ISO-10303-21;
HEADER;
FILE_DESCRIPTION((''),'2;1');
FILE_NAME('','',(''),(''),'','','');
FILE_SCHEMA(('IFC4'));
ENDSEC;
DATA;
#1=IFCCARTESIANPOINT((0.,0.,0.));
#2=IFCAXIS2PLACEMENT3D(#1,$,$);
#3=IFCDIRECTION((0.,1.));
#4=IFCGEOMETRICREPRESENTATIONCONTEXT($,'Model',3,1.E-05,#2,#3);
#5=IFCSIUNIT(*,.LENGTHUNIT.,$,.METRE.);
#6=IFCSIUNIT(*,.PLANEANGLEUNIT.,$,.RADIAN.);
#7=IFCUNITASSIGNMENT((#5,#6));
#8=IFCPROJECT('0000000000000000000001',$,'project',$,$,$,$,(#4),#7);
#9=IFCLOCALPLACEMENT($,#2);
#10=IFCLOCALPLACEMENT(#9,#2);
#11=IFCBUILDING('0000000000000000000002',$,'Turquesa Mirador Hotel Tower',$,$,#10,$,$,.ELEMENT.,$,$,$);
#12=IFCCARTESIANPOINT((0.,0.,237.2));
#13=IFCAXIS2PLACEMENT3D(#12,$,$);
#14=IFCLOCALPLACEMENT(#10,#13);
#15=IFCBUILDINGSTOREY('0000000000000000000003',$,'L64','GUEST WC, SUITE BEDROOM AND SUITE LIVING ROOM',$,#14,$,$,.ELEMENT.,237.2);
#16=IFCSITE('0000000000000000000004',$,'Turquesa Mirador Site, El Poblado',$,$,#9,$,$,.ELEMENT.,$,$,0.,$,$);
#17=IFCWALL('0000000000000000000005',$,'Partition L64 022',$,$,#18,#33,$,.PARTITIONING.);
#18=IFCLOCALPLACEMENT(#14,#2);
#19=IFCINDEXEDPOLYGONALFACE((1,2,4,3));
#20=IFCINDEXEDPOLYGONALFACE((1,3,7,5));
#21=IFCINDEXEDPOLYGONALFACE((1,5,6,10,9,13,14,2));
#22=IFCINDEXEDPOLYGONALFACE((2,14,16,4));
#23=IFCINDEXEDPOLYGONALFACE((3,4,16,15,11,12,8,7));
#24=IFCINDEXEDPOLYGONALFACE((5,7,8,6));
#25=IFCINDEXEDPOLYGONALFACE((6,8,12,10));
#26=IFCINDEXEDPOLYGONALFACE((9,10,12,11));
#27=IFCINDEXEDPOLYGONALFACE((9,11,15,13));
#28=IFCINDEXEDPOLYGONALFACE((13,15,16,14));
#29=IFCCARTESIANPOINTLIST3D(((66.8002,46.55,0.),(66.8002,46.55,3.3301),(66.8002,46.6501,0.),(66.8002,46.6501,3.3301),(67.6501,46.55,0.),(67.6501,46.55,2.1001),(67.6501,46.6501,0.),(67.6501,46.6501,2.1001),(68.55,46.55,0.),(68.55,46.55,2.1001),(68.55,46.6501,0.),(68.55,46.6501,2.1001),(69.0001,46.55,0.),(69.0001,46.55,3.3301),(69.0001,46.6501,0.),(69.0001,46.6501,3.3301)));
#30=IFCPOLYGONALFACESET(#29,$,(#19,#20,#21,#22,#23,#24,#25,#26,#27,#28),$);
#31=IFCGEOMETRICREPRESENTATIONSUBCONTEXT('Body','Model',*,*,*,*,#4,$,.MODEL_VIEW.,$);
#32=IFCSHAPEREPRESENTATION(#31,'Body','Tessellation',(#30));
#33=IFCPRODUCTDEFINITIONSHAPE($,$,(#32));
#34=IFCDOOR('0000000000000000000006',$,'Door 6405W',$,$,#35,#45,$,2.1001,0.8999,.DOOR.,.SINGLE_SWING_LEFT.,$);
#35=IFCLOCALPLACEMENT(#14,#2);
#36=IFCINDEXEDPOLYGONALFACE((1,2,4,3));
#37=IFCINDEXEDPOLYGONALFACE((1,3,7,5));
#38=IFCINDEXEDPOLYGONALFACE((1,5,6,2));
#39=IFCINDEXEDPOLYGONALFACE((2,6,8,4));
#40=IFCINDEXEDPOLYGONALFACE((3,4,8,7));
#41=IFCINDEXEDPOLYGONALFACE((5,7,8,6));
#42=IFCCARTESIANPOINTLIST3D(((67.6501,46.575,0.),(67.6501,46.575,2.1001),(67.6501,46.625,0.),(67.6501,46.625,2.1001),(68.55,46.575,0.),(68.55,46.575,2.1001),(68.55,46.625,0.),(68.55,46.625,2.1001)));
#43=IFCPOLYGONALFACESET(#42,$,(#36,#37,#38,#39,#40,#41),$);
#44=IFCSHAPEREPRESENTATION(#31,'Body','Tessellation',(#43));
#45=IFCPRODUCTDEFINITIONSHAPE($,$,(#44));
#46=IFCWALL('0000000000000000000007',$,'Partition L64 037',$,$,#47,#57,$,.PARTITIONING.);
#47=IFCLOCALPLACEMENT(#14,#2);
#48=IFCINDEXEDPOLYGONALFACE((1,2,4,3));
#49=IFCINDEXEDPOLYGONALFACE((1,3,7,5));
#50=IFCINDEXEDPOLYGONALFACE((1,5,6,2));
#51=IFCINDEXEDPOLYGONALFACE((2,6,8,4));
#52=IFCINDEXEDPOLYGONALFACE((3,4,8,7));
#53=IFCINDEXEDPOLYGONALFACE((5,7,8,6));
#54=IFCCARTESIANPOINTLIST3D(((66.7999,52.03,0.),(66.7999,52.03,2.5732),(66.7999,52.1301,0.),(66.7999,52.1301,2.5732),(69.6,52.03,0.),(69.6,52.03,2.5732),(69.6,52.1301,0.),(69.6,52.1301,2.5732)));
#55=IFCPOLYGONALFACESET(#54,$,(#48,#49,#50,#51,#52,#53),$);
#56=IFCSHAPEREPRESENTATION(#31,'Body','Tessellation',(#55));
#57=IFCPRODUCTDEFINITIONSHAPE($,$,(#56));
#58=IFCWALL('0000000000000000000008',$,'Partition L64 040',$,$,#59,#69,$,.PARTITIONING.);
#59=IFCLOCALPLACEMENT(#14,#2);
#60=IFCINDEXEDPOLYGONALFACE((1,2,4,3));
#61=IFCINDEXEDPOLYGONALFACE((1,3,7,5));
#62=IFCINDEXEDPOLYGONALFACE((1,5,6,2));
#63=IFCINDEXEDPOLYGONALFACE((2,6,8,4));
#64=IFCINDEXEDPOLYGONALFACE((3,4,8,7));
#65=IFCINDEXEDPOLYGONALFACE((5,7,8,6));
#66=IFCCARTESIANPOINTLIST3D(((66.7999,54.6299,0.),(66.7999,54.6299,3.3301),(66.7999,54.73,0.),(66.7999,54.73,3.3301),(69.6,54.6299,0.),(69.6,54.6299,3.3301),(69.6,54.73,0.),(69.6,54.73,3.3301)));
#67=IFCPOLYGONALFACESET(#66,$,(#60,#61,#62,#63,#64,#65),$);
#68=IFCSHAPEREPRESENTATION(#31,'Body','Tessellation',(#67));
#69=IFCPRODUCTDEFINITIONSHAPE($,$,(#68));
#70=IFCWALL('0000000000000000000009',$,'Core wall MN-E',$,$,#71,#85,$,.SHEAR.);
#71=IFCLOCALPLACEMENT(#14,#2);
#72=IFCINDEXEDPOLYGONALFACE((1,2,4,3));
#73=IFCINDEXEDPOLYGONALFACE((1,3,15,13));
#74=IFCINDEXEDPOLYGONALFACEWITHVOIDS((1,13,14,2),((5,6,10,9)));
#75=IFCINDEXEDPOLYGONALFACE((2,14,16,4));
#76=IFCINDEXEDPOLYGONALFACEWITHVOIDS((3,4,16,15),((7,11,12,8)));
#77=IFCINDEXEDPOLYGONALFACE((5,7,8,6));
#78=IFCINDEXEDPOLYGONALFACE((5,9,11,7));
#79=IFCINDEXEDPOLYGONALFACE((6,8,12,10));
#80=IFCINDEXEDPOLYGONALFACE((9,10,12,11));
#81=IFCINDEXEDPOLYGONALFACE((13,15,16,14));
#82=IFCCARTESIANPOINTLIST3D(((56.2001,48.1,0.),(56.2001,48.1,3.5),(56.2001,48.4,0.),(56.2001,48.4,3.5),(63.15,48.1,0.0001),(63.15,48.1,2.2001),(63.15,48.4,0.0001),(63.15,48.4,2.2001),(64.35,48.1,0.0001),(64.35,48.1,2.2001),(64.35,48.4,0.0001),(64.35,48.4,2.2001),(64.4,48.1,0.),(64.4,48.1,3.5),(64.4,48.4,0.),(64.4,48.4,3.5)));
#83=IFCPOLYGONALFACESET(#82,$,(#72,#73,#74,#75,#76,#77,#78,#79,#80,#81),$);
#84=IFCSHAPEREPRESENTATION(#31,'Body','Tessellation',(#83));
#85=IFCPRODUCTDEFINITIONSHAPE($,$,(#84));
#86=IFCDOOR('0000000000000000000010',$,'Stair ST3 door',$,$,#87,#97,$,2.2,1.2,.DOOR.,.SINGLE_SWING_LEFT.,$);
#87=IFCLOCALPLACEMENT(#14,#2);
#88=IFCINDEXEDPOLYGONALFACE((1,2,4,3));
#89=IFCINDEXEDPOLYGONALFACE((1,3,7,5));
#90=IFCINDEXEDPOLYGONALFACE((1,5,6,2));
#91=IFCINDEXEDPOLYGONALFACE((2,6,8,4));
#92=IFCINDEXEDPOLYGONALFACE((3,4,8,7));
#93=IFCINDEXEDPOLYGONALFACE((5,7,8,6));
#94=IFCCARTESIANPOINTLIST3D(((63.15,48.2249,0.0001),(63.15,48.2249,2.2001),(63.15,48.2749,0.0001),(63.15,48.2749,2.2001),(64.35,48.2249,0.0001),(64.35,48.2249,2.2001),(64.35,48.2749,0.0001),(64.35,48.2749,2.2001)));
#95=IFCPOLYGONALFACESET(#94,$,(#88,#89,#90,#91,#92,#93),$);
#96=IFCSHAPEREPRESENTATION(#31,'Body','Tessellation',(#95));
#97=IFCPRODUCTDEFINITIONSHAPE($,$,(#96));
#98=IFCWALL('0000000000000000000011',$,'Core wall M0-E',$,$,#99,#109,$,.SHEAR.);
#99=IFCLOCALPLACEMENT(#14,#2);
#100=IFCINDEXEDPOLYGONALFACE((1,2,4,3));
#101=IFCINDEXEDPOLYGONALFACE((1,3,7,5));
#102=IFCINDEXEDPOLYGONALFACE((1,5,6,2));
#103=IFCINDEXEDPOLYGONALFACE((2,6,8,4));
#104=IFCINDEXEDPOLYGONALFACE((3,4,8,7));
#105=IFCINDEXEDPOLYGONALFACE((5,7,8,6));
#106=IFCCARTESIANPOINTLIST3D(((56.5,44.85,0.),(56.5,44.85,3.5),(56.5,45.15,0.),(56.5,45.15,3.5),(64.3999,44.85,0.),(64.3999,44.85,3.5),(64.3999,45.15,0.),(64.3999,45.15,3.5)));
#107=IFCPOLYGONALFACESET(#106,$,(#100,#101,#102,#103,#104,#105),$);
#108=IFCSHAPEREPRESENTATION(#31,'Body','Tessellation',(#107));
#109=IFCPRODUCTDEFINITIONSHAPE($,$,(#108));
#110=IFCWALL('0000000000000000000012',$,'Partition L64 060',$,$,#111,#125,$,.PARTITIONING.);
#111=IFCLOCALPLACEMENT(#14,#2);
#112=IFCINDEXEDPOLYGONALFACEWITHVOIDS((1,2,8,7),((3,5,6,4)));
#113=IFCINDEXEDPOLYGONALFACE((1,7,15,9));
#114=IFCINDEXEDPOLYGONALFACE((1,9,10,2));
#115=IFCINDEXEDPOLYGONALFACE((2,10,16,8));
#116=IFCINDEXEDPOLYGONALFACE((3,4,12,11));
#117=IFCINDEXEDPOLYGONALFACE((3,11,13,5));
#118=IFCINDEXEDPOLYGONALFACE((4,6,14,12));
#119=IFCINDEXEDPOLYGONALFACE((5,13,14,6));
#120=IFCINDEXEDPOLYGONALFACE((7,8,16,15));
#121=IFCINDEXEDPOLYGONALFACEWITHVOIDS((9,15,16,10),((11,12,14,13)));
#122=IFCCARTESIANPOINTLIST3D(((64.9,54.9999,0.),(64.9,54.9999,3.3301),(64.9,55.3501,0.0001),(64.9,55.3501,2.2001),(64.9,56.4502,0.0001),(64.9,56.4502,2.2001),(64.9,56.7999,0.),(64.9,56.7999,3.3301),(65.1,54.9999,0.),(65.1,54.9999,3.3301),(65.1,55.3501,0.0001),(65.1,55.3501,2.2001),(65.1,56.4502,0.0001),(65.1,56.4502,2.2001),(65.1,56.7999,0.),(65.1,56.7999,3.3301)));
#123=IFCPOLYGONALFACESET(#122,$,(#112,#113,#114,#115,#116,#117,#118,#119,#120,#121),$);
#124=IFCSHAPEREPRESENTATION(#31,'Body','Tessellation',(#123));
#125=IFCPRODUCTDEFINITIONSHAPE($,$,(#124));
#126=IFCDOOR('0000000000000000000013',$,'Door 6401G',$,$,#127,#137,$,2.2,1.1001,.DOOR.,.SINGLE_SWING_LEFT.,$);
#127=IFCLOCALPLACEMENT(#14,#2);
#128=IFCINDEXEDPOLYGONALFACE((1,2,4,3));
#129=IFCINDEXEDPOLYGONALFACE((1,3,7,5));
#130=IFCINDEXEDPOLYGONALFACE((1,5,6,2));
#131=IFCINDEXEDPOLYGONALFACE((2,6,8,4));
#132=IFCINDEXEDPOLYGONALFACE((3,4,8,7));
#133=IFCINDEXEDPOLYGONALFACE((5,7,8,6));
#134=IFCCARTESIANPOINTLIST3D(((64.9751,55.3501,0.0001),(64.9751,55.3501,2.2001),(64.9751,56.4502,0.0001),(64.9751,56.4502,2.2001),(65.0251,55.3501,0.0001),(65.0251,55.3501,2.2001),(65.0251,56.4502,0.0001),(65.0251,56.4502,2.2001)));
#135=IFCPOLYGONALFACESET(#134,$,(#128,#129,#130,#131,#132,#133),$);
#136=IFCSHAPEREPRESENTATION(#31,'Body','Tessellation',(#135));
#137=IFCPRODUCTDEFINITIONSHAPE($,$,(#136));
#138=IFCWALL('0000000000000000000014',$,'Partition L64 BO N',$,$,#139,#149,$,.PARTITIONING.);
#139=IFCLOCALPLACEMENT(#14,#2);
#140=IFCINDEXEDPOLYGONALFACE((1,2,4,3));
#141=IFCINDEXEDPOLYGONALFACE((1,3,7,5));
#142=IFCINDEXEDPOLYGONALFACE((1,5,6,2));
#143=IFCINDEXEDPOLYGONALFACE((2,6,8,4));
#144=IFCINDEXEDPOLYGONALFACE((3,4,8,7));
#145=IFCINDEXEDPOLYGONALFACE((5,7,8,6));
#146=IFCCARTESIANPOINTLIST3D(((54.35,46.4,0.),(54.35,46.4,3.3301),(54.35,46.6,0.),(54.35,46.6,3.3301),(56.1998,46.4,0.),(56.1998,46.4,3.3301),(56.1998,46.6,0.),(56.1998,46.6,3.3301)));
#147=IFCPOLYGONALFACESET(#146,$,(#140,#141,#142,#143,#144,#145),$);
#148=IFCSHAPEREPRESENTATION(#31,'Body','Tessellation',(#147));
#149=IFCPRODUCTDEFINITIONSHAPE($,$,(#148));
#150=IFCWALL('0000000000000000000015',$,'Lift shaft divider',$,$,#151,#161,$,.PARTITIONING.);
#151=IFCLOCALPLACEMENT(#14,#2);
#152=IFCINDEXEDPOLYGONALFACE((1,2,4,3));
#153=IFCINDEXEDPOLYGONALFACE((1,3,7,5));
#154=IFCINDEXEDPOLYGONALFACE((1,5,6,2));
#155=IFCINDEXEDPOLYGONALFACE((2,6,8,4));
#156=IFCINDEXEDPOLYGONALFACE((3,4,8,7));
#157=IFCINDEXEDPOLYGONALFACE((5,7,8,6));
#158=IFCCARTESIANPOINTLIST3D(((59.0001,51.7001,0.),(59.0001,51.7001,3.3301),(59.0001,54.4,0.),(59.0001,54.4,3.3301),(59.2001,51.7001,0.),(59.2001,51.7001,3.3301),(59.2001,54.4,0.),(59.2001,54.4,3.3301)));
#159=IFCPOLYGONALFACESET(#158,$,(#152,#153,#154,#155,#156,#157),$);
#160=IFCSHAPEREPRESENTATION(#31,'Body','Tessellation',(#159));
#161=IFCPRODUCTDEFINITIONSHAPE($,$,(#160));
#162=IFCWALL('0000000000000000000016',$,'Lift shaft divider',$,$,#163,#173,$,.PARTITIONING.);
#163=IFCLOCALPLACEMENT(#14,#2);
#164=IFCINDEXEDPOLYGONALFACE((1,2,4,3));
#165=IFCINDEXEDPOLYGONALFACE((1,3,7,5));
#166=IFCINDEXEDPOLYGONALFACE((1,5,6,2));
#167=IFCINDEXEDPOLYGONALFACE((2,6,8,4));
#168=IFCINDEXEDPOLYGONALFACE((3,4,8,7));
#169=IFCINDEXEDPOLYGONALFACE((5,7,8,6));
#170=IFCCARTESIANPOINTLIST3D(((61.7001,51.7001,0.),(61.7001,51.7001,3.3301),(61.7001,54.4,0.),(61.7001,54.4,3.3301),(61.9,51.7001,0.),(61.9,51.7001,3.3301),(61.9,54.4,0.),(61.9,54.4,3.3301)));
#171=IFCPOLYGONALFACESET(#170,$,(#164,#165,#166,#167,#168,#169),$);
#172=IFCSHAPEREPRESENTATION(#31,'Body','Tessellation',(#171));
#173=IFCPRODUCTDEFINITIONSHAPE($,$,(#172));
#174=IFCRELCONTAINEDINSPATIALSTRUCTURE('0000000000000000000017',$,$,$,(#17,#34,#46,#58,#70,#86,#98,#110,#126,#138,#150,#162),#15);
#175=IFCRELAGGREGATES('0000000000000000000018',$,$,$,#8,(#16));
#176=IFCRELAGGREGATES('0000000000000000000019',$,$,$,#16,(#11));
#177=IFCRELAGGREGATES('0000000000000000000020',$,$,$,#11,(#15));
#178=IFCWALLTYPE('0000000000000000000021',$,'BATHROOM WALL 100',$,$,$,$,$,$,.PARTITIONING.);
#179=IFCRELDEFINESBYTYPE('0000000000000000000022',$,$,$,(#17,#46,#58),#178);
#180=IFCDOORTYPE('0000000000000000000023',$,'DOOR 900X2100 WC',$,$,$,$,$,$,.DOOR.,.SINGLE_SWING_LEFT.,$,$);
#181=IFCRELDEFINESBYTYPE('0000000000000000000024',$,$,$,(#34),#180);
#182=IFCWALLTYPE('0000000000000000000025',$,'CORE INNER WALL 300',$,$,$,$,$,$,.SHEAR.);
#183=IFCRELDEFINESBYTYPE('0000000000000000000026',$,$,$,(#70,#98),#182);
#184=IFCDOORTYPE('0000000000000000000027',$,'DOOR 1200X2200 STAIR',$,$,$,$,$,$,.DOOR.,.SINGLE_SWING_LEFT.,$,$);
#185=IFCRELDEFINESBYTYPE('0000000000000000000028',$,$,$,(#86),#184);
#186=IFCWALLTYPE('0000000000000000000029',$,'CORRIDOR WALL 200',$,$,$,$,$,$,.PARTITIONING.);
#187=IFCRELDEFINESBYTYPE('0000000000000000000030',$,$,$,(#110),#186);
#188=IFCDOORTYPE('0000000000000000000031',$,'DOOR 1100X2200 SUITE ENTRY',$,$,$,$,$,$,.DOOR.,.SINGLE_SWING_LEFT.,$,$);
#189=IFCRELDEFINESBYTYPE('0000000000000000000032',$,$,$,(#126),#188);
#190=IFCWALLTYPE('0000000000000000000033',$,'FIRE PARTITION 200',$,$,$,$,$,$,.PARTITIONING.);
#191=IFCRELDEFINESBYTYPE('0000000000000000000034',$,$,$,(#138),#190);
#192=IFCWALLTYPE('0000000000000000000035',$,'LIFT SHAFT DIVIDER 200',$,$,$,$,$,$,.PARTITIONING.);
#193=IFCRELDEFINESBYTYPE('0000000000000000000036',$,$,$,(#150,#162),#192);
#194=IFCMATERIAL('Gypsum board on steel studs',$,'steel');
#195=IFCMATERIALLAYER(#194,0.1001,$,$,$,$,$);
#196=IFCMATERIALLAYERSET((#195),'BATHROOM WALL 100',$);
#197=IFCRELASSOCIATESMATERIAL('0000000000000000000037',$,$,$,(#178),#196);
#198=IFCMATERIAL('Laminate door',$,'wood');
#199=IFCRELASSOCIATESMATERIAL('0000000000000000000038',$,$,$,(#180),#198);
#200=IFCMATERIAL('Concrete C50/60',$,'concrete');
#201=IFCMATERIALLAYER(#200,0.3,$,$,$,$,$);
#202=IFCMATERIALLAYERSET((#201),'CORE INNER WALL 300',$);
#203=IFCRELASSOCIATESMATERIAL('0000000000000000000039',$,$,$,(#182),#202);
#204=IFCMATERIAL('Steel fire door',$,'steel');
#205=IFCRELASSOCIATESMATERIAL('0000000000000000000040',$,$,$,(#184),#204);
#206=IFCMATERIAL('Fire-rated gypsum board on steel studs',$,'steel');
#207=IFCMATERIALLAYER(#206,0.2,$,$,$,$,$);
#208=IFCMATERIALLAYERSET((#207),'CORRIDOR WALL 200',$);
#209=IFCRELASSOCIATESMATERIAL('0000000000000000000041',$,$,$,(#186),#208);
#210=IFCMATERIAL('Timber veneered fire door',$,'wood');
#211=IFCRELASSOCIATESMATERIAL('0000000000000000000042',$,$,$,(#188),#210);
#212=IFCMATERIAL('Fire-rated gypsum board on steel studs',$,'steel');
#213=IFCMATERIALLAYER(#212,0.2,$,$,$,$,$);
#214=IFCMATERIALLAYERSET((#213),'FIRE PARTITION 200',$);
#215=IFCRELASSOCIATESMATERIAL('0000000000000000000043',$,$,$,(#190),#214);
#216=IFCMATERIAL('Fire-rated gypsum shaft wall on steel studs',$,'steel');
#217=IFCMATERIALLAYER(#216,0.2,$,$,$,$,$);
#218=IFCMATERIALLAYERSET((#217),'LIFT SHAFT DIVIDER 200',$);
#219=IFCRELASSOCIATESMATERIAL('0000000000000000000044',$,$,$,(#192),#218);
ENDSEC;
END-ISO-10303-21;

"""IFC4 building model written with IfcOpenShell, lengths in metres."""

from ifc_helpers import new_model, si_unit, direction, frame, frame_2d, origin, place, context, subcontext, project, spatial, rectangle, extrude, material, layer, layer_set, type_object, element, fill, save


model = new_model("IFC4")

# Units and contexts
model_context = context("Model", 3, precision=1e-05, world=origin(), true_north=direction((0.0, 1.0)))
body_context = subcontext(model_context, "Body", "Model", "MODEL_VIEW")
ifc_project = project(units=[si_unit("LENGTHUNIT", "METRE"), si_unit("PLANEANGLEUNIT", "RADIAN")], contexts=[model_context])

# Site, building, storey
site_placement = place(None, origin())
site = spatial("IfcSite", under=ifc_project, at=site_placement, Name="Turquesa Mirador Site, El Poblado", CompositionType="ELEMENT", RefElevation=0.0)
building_placement = place(site_placement, origin())
building = spatial("IfcBuilding", under=site, at=building_placement, Name="Turquesa Mirador Hotel Tower", CompositionType="ELEMENT")
storey_placement = place(building_placement, frame((0.0, 0.0, 237.2)))
storey = spatial("IfcBuildingStorey", under=building, at=storey_placement, Name="L64", Description="GUEST WC, SUITE BEDROOM AND SUITE LIVING ROOM", CompositionType="ELEMENT", Elevation=237.2)

# Wall, opening, door
ifc_material_1 = material(Name="Gypsum board on steel studs", Category="steel")
ifc_layer_1 = layer(ifc_material_1, 0.1001)
ifc_layer_set_1 = layer_set([ifc_layer_1], Name="BATHROOM WALL 100")
wall_type_1 = type_object("IfcWallType", Name="BATHROOM WALL 100", PredefinedType="PARTITIONING", material=ifc_layer_set_1)
wall_1_placement = place(storey_placement, frame((66.8, 46.6001, 0.0), z_axis=(0.0, 0.0, 1.0), x_axis=(1.0, 0.0, 0.0)))
wall_1 = element("IfcWall", 1, at=wall_1_placement, inside=storey, type_object=wall_type_1, Name="Partition L64 022", PredefinedType="PARTITIONING", context=body_context, shape_type="SweptSolid", body=[
    extrude(rectangle(XDim=2.2, YDim=0.1001, at=frame_2d((1.1001, 0.0))), origin(), (0.0, 0.0, 1.0), 3.3301),
])
opening_1_placement = place(wall_1_placement, frame((0.8501, 0.0, 0.0)))
opening_1 = element("IfcOpeningElement", 2, at=opening_1_placement, cuts=wall_1, PredefinedType="OPENING", context=body_context, shape_type="SweptSolid", body=[
    extrude(rectangle(XDim=0.8999, YDim=2.1001, at=frame_2d((0.45, 1.05))), frame((0.0, 0.0601, 0.0), z_axis=(0.0, -1.0, 0.0), x_axis=(1.0, 0.0, 0.0)), (0.0, 0.0, 1.0), 0.1201),
])
ifc_material_2 = material(Name="Laminate door", Category="wood")
door_type_1 = type_object("IfcDoorType", Name="DOOR 900X2100 WC", OperationType="SINGLE_SWING_LEFT", PredefinedType="DOOR", material=ifc_material_2)
door_1_placement = place(opening_1_placement, origin())
door_1 = element("IfcDoor", 3, at=door_1_placement, inside=storey, type_object=door_type_1, Name="Door 6405W", OperationType="SINGLE_SWING_LEFT", OverallHeight=2.1001, OverallWidth=0.8999, PredefinedType="DOOR", context=body_context, shape_type="SweptSolid", body=[
    extrude(rectangle(XDim=0.8999, YDim=2.1001, at=frame_2d((0.45, 1.05))), frame((0.0, 0.0249, 0.0), z_axis=(0.0, -1.0, 0.0), x_axis=(1.0, 0.0, 0.0)), (0.0, 0.0, 1.0), 0.05),
])
fill(opening_1, door_1)

# Walls
wall_2_placement = place(storey_placement, frame((66.8, 52.0801, 0.0), z_axis=(0.0, 0.0, 1.0), x_axis=(1.0, 0.0, 0.0)))
element("IfcWall", 4, at=wall_2_placement, inside=storey, type_object=wall_type_1, Name="Partition L64 037", PredefinedType="PARTITIONING", context=body_context, shape_type="SweptSolid", body=[
    extrude(rectangle(XDim=2.8, YDim=0.1001, at=frame_2d((1.3999, 0.0))), origin(), (0.0, 0.0, 1.0), 2.5732),
])
wall_3_placement = place(storey_placement, frame((66.8, 54.6799, 0.0), z_axis=(0.0, 0.0, 1.0), x_axis=(1.0, 0.0, 0.0)))
element("IfcWall", 5, at=wall_3_placement, inside=storey, type_object=wall_type_1, Name="Partition L64 040", PredefinedType="PARTITIONING", context=body_context, shape_type="SweptSolid", body=[
    extrude(rectangle(XDim=2.8, YDim=0.1001, at=frame_2d((1.3999, 0.0))), origin(), (0.0, 0.0, 1.0), 3.3301),
])

# Wall, opening, door
ifc_material_3 = material(Name="Concrete C50/60", Category="concrete")
ifc_layer_2 = layer(ifc_material_3, 0.3)
ifc_layer_set_2 = layer_set([ifc_layer_2], Name="CORE INNER WALL 300")
wall_type_2 = type_object("IfcWallType", Name="CORE INNER WALL 300", PredefinedType="SHEAR", material=ifc_layer_set_2)
wall_4_placement = place(storey_placement, frame((56.2, 48.25, 0.0), z_axis=(0.0, 0.0, 1.0), x_axis=(1.0, 0.0, 0.0)))
wall_4 = element("IfcWall", 6, at=wall_4_placement, inside=storey, type_object=wall_type_2, Name="Core wall MN-E", PredefinedType="SHEAR", context=body_context, shape_type="SweptSolid", body=[
    extrude(rectangle(XDim=8.2, YDim=0.3, at=frame_2d((4.1001, 0.0))), origin(), (0.0, 0.0, 1.0), 3.5),
])
opening_2_placement = place(wall_4_placement, frame((6.95, 0.0, 0.0)))
opening_2 = element("IfcOpeningElement", 7, at=opening_2_placement, cuts=wall_4, PredefinedType="OPENING", context=body_context, shape_type="SweptSolid", body=[
    extrude(rectangle(XDim=1.2, YDim=2.2, at=frame_2d((0.6001, 1.1001))), frame((0.0, 0.1599, 0.0), z_axis=(0.0, -1.0, 0.0), x_axis=(1.0, 0.0, 0.0)), (0.0, 0.0, 1.0), 0.3201),
])
ifc_material_4 = material(Name="Steel fire door", Category="steel")
door_type_2 = type_object("IfcDoorType", Name="DOOR 1200X2200 STAIR", OperationType="SINGLE_SWING_LEFT", PredefinedType="DOOR", material=ifc_material_4)
door_2_placement = place(opening_2_placement, origin())
door_2 = element("IfcDoor", 8, at=door_2_placement, inside=storey, type_object=door_type_2, Name="Stair ST3 door", OperationType="SINGLE_SWING_LEFT", OverallHeight=2.2, OverallWidth=1.2, PredefinedType="DOOR", context=body_context, shape_type="SweptSolid", body=[
    extrude(rectangle(XDim=1.2, YDim=2.2, at=frame_2d((0.6001, 1.1001))), frame((0.0, 0.0249, 0.0), z_axis=(0.0, -1.0, 0.0), x_axis=(1.0, 0.0, 0.0)), (0.0, 0.0, 1.0), 0.05),
])
fill(opening_2, door_2)

# Wall
wall_5_placement = place(storey_placement, frame((56.5, 45.0, 0.0), z_axis=(0.0, 0.0, 1.0), x_axis=(1.0, 0.0, 0.0)))
element("IfcWall", 9, at=wall_5_placement, inside=storey, type_object=wall_type_2, Name="Core wall M0-E", PredefinedType="SHEAR", context=body_context, shape_type="SweptSolid", body=[
    extrude(rectangle(XDim=7.8999, YDim=0.3, at=frame_2d((3.95, 0.0))), origin(), (0.0, 0.0, 1.0), 3.5),
])

# Wall, opening, door
ifc_material_5 = material(Name="Fire-rated gypsum board on steel studs", Category="steel")
ifc_layer_3 = layer(ifc_material_5, 0.2)
ifc_layer_set_3 = layer_set([ifc_layer_3], Name="CORRIDOR WALL 200")
wall_type_3 = type_object("IfcWallType", Name="CORRIDOR WALL 200", PredefinedType="PARTITIONING", material=ifc_layer_set_3)
wall_6_placement = place(storey_placement, frame((65.0, 55.0, 0.0), z_axis=(0.0, 0.0, 1.0), x_axis=(0.0, 1.0, 0.0)))
wall_6 = element("IfcWall", 10, at=wall_6_placement, inside=storey, type_object=wall_type_3, Name="Partition L64 060", PredefinedType="PARTITIONING", context=body_context, shape_type="SweptSolid", body=[
    extrude(rectangle(XDim=1.8, YDim=0.2, at=frame_2d((0.8999, 0.0))), origin(), (0.0, 0.0, 1.0), 3.3301),
])
opening_3_placement = place(wall_6_placement, frame((0.3501, 0.0, 0.0)))
opening_3 = element("IfcOpeningElement", 11, at=opening_3_placement, cuts=wall_6, PredefinedType="OPENING", context=body_context, shape_type="SweptSolid", body=[
    extrude(rectangle(XDim=1.1001, YDim=2.2, at=frame_2d((0.55, 1.1001))), frame((0.0, 0.1099, 0.0), z_axis=(0.0, -1.0, 0.0), x_axis=(1.0, 0.0, 0.0)), (0.0, 0.0, 1.0), 0.22),
])
ifc_material_6 = material(Name="Timber veneered fire door", Category="wood")
door_type_3 = type_object("IfcDoorType", Name="DOOR 1100X2200 SUITE ENTRY", OperationType="SINGLE_SWING_LEFT", PredefinedType="DOOR", material=ifc_material_6)
door_3_placement = place(opening_3_placement, origin())
door_3 = element("IfcDoor", 12, at=door_3_placement, inside=storey, type_object=door_type_3, Name="Door 6401G", OperationType="SINGLE_SWING_LEFT", OverallHeight=2.2, OverallWidth=1.1001, PredefinedType="DOOR", context=body_context, shape_type="SweptSolid", body=[
    extrude(rectangle(XDim=1.1001, YDim=2.2, at=frame_2d((0.55, 1.1001))), frame((0.0, 0.0249, 0.0), z_axis=(0.0, -1.0, 0.0), x_axis=(1.0, 0.0, 0.0)), (0.0, 0.0, 1.0), 0.05),
])
fill(opening_3, door_3)

# Walls
ifc_material_7 = material(Name="Fire-rated gypsum board on steel studs", Category="steel")
ifc_layer_4 = layer(ifc_material_7, 0.2)
ifc_layer_set_4 = layer_set([ifc_layer_4], Name="FIRE PARTITION 200")
wall_type_4 = type_object("IfcWallType", Name="FIRE PARTITION 200", PredefinedType="PARTITIONING", material=ifc_layer_set_4)
wall_7_placement = place(storey_placement, frame((54.3501, 46.5, 0.0), z_axis=(0.0, 0.0, 1.0), x_axis=(1.0, 0.0, 0.0)))
element("IfcWall", 13, at=wall_7_placement, inside=storey, type_object=wall_type_4, Name="Partition L64 BO N", PredefinedType="PARTITIONING", context=body_context, shape_type="SweptSolid", body=[
    extrude(rectangle(XDim=1.8499, YDim=0.2, at=frame_2d((0.9248, 0.0))), origin(), (0.0, 0.0, 1.0), 3.3301),
])
ifc_material_8 = material(Name="Fire-rated gypsum shaft wall on steel studs", Category="steel")
ifc_layer_5 = layer(ifc_material_8, 0.2)
ifc_layer_set_5 = layer_set([ifc_layer_5], Name="LIFT SHAFT DIVIDER 200")
wall_type_5 = type_object("IfcWallType", Name="LIFT SHAFT DIVIDER 200", PredefinedType="PARTITIONING", material=ifc_layer_set_5)
for number, where, z_axis, x_axis, name in (
    (14, (59.1001, 51.7, 0.0), (0.0, 0.0, 1.0), (0.0, 1.0, 0.0), "Lift shaft divider"),
    (15, (61.8, 51.7, 0.0), (0.0, 0.0, 1.0), (0.0, 1.0, 0.0), "Lift shaft divider"),
):
    element("IfcWall", number, at=place(storey_placement, frame(where, z_axis=z_axis, x_axis=x_axis)), inside=storey, type_object=wall_type_5, Name=name, PredefinedType="PARTITIONING", context=body_context, shape_type="SweptSolid", body=[
        extrude(rectangle(XDim=2.7, YDim=0.2, at=frame_2d((1.3501, 0.0))), origin(), (0.0, 0.0, 1.0), 3.3301),
    ])

save(model, "model.ifc")
